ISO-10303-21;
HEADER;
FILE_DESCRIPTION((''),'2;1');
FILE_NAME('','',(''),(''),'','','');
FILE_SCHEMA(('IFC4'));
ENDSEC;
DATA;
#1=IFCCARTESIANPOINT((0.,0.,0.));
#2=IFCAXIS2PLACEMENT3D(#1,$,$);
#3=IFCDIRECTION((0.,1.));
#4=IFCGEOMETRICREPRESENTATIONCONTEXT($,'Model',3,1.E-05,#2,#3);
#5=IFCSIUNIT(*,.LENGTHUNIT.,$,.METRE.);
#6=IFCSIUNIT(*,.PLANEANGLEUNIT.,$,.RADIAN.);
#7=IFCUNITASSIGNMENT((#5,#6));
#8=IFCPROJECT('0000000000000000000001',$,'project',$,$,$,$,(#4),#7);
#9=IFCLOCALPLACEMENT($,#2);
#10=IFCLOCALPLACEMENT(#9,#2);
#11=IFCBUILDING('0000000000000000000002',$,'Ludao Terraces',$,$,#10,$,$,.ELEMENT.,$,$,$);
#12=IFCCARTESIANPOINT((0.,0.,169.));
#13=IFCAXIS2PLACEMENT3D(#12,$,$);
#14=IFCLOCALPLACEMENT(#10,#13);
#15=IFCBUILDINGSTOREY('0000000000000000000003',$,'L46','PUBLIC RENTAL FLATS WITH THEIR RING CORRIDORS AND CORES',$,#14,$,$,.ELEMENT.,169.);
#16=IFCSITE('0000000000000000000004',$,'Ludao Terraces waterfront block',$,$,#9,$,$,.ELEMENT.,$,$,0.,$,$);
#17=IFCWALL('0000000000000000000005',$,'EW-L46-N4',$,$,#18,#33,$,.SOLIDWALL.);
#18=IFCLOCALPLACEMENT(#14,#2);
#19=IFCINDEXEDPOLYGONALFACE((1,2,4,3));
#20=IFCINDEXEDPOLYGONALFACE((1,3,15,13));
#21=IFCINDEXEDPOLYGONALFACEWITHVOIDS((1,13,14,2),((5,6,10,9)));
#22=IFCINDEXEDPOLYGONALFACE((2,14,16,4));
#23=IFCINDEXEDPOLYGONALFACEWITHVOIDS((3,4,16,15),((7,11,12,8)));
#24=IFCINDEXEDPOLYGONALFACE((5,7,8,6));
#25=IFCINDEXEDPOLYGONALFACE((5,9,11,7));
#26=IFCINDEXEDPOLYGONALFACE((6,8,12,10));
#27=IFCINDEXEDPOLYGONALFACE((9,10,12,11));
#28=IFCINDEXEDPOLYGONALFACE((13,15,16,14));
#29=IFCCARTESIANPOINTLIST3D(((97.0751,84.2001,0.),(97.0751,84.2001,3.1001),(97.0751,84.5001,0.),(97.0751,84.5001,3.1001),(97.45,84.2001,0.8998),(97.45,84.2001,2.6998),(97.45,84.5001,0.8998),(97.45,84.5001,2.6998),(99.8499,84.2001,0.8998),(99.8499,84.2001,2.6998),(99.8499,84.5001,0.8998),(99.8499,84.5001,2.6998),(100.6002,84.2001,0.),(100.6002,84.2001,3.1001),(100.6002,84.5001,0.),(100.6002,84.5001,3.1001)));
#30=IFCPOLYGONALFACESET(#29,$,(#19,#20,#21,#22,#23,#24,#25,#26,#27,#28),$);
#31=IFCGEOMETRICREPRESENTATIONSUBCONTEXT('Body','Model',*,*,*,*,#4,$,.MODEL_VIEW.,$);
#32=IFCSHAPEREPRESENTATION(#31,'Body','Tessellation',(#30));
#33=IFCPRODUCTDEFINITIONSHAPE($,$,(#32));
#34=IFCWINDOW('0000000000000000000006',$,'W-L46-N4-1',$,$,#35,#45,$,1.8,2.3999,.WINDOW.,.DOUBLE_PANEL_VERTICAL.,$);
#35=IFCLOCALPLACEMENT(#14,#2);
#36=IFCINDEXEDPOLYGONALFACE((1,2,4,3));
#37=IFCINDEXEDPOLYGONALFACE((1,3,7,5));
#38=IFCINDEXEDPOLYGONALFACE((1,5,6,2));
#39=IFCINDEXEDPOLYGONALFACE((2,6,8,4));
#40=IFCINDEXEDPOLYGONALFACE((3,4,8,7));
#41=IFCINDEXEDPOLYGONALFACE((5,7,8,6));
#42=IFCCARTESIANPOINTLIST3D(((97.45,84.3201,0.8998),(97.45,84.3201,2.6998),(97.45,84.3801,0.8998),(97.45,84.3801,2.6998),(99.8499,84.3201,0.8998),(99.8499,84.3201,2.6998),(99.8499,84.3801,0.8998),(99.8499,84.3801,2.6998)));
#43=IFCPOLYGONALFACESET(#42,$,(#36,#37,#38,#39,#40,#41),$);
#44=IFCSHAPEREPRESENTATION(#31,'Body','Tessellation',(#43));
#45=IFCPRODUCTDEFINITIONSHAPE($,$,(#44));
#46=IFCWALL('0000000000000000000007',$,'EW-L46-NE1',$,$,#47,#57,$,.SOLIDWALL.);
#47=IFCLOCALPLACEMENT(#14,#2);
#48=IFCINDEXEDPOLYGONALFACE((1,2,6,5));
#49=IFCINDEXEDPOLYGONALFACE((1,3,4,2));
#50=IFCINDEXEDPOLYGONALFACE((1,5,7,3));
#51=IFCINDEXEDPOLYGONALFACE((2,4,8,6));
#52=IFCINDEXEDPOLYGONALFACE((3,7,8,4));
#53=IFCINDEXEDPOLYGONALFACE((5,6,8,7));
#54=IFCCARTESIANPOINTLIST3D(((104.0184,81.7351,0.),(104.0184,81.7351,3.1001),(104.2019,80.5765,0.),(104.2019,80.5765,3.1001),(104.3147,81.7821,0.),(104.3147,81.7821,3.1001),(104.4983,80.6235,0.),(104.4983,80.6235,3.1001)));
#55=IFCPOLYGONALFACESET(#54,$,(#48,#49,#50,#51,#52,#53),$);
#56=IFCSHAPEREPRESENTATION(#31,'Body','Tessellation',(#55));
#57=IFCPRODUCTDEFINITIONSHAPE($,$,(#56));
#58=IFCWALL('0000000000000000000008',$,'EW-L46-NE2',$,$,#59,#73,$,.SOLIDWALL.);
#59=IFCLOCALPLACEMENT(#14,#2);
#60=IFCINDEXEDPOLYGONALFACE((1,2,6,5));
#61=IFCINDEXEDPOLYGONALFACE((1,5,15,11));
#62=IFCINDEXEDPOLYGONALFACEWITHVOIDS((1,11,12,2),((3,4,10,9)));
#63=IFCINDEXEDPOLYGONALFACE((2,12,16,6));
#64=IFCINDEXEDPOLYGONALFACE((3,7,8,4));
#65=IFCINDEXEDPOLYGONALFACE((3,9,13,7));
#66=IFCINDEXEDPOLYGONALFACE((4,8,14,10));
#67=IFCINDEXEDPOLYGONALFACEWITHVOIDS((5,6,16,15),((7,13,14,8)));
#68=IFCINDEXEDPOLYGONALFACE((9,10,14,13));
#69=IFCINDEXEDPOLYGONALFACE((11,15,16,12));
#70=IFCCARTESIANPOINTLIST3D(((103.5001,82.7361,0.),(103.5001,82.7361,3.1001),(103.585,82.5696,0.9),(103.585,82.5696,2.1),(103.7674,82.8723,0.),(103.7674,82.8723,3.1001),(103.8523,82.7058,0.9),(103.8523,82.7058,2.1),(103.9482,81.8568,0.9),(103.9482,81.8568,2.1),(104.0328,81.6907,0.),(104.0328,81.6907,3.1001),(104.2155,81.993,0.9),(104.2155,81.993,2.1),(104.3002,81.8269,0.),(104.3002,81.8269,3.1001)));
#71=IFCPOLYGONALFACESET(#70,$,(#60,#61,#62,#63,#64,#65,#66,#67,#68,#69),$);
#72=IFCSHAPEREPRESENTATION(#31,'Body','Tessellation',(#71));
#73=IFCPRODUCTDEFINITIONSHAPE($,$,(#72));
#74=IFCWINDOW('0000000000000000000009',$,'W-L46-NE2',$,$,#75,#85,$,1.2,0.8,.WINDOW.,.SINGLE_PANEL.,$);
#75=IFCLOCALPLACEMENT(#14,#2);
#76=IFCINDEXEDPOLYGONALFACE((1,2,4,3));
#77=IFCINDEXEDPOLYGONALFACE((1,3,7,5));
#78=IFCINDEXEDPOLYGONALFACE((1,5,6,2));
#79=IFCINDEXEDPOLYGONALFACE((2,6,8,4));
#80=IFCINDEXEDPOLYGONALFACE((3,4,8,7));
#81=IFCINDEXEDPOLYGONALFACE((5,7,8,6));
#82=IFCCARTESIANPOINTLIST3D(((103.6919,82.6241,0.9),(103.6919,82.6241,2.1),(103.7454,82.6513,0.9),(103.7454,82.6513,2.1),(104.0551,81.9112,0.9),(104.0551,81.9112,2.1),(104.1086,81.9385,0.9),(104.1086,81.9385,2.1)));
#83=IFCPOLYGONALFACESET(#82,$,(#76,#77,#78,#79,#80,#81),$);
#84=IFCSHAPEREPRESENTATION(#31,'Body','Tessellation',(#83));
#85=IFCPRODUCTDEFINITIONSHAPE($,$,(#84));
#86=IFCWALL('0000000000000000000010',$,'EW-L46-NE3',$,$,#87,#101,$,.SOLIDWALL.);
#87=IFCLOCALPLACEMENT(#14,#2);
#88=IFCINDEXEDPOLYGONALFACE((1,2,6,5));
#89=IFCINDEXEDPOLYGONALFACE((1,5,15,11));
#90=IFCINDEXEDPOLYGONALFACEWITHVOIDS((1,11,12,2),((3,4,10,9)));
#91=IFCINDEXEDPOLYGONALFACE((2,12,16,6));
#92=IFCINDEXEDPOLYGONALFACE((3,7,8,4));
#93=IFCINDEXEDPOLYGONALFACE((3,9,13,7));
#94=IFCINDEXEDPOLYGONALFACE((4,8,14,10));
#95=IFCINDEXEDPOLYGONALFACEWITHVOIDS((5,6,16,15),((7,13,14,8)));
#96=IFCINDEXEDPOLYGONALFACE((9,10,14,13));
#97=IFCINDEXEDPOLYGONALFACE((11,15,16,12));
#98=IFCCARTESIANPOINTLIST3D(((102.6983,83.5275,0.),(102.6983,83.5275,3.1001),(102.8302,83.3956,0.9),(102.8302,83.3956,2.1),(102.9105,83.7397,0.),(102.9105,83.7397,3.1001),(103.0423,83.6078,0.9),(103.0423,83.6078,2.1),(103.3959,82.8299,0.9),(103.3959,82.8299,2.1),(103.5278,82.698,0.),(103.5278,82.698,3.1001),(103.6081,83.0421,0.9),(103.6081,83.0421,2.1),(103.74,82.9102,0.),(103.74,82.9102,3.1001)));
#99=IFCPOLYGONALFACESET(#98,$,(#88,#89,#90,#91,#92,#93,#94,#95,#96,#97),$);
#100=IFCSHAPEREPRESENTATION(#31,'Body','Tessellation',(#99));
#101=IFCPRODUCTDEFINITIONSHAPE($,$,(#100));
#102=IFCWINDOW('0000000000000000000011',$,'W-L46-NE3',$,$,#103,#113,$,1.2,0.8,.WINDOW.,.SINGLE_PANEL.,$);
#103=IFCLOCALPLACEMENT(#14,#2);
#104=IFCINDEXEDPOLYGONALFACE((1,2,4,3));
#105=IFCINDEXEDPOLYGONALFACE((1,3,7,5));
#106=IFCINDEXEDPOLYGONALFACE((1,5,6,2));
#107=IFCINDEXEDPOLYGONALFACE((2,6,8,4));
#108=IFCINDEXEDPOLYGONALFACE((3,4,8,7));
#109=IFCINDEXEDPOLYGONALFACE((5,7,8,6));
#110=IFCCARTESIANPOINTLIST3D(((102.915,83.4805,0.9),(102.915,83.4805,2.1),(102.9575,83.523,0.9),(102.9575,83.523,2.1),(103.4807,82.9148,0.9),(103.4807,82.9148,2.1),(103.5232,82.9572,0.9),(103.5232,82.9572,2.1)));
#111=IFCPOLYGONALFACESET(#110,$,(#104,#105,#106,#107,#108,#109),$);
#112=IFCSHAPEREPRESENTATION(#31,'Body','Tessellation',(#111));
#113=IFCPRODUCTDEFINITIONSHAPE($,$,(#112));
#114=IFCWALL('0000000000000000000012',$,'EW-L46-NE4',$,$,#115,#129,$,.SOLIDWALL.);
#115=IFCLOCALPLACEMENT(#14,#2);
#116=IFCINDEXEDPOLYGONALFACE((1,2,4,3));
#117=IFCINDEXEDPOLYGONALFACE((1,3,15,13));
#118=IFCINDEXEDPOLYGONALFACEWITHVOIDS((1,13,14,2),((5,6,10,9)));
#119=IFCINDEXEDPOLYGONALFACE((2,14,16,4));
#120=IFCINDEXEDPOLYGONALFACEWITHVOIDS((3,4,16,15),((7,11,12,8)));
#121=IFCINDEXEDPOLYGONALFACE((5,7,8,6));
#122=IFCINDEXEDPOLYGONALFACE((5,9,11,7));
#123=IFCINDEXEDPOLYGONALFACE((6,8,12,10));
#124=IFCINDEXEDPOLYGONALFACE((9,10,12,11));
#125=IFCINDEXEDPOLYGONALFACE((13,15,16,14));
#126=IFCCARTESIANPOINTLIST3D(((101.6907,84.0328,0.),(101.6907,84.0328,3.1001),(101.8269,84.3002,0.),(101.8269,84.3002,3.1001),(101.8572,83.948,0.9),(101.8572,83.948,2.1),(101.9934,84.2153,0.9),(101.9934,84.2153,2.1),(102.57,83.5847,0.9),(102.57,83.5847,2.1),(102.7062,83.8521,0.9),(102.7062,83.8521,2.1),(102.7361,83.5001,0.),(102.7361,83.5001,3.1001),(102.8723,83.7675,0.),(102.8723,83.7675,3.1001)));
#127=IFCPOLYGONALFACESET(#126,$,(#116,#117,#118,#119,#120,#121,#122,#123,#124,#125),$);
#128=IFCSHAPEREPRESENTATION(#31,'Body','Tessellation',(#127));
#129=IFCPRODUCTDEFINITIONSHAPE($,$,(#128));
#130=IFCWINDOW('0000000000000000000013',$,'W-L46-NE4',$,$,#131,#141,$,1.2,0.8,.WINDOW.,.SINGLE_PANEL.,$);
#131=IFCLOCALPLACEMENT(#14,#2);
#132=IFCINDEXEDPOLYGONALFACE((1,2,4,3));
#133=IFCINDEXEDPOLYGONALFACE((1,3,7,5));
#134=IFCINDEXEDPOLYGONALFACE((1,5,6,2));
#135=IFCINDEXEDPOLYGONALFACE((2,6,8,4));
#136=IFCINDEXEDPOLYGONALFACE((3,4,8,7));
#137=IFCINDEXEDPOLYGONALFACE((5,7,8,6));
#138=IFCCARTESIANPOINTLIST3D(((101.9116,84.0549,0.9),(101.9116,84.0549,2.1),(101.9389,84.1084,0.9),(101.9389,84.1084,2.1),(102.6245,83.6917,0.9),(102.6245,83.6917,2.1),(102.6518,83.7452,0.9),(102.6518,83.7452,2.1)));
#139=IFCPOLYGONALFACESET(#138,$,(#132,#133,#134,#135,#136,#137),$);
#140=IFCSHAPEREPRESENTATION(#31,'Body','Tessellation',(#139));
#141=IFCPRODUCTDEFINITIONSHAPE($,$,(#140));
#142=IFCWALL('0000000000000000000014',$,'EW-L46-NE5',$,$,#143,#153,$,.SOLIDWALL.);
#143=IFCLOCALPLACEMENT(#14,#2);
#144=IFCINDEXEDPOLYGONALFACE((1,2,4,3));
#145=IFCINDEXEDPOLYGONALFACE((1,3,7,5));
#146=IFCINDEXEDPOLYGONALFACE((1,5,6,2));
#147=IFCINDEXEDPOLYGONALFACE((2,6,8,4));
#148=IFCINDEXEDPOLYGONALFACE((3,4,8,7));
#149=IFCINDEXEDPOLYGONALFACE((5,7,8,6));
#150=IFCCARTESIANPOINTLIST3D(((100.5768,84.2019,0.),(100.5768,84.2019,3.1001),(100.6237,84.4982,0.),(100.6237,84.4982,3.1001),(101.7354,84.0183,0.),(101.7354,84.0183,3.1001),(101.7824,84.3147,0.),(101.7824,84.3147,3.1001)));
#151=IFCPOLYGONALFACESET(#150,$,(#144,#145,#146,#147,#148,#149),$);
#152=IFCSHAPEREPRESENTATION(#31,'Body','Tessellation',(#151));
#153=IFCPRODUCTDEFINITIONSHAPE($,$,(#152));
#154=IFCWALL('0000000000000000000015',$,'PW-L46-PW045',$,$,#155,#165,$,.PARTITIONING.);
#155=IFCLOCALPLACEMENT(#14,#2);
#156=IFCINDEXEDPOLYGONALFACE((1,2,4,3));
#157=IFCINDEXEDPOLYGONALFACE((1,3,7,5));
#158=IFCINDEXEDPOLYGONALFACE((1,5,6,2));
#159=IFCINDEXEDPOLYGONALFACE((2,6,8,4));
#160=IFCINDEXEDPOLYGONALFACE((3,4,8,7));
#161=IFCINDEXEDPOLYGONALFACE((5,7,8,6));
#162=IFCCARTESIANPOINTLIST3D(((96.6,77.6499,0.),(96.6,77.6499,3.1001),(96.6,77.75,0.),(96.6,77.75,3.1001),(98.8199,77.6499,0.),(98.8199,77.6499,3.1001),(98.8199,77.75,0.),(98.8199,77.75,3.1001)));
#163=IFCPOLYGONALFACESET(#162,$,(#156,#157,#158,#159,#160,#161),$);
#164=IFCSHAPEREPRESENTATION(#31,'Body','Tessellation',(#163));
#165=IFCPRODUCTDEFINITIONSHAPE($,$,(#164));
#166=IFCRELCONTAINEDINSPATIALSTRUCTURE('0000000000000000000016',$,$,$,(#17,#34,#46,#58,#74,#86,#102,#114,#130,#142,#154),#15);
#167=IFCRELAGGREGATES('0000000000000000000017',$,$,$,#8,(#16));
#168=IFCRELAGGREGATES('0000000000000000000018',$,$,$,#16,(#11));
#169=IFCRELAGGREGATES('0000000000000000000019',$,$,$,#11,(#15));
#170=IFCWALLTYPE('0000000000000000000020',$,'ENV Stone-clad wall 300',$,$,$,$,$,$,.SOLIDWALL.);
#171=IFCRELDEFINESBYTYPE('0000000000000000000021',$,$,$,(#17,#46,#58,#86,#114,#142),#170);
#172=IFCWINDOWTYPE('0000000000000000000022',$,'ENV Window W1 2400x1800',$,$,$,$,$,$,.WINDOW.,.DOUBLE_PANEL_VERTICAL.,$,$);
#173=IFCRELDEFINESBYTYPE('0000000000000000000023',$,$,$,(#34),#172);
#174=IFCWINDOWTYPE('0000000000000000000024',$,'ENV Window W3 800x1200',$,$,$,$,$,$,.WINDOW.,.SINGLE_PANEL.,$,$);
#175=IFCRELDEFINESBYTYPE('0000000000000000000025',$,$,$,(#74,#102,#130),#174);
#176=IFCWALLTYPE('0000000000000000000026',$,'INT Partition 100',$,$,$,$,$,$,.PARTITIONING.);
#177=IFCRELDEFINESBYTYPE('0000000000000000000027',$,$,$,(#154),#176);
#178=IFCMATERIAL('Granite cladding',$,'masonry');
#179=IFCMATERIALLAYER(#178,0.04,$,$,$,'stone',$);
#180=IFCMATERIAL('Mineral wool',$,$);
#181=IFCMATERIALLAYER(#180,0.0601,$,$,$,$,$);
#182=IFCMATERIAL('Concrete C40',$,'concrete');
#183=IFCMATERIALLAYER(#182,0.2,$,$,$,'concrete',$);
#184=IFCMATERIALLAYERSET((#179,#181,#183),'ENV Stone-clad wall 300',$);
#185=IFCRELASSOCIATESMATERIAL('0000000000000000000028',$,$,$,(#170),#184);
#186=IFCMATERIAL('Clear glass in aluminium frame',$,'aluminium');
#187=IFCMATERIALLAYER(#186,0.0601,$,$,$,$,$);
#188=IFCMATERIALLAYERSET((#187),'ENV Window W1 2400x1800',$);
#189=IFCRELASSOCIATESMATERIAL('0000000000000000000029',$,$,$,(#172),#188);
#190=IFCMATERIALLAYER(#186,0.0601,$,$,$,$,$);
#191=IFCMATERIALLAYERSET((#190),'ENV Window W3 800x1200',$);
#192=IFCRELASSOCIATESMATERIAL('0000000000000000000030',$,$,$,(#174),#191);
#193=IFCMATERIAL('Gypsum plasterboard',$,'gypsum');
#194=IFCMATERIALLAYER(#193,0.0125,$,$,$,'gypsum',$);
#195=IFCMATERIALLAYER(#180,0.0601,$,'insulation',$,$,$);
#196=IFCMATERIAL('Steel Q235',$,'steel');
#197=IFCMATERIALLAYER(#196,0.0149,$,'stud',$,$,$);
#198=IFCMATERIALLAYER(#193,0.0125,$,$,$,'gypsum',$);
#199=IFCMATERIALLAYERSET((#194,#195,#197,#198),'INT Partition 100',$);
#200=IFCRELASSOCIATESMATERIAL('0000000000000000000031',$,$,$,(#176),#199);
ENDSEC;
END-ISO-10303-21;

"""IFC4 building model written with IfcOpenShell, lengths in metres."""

from ifc_helpers import new_model, si_unit, direction, frame, frame_2d, origin, place, context, subcontext, project, spatial, rectangle, extrude, material, layer, layer_set, type_object, element, fill, save


model = new_model("IFC4")

# Units and contexts
model_context = context("Model", 3, precision=1e-05, world=origin(), true_north=direction((0.0, 1.0)))
body_context = subcontext(model_context, "Body", "Model", "MODEL_VIEW")
ifc_project = project(units=[si_unit("LENGTHUNIT", "METRE"), si_unit("PLANEANGLEUNIT", "RADIAN")], contexts=[model_context])

# Site, building, storey
site_placement = place(None, origin())
site = spatial("IfcSite", under=ifc_project, at=site_placement, Name="Ludao Terraces waterfront block", CompositionType="ELEMENT", RefElevation=0.0)
building_placement = place(site_placement, origin())
building = spatial("IfcBuilding", under=site, at=building_placement, Name="Ludao Terraces", CompositionType="ELEMENT")
storey_placement = place(building_placement, frame((0.0, 0.0, 169.0)))
storey = spatial("IfcBuildingStorey", under=building, at=storey_placement, Name="L46", Description="PUBLIC RENTAL FLATS WITH THEIR RING CORRIDORS AND CORES", CompositionType="ELEMENT", Elevation=169.0)

# Shared definitions
ifc_material_1 = material(Name="Concrete C40", Category="concrete")

# Shared definitions
ifc_material_2 = material(Name="Steel Q235", Category="steel")

# Shared definitions
ifc_material_3 = material(Name="Granite cladding", Category="masonry")
ifc_layer_1 = layer(ifc_material_3, 0.04, Category="stone")
ifc_material_4 = material(Name="Mineral wool")
ifc_layer_2 = layer(ifc_material_4, 0.0601)
ifc_layer_3 = layer(ifc_material_1, 0.2, Category="concrete")
ifc_layer_set_1 = layer_set([ifc_layer_1, ifc_layer_2, ifc_layer_3], Name="ENV Stone-clad wall 300")
wall_type_1 = type_object("IfcWallType", Name="ENV Stone-clad wall 300", PredefinedType="SOLIDWALL", material=ifc_layer_set_1)
ifc_material_5 = material(Name="Clear glass in aluminium frame", Category="aluminium")
ifc_layer_4 = layer(ifc_material_5, 0.0601)
ifc_layer_set_2 = layer_set([ifc_layer_4], Name="ENV Window W1 2400x1800")
window_type_1 = type_object("IfcWindowType", Name="ENV Window W1 2400x1800", PartitioningType="DOUBLE_PANEL_VERTICAL", PredefinedType="WINDOW", material=ifc_layer_set_2)

# Wall, opening, window
wall_1_placement = place(storey_placement, frame((97.075, 84.3501, 0.0), z_axis=(0.0, 0.0, 1.0), x_axis=(1.0, 0.0, 0.0)))
wall_1 = element("IfcWall", 1, at=wall_1_placement, inside=storey, type_object=wall_type_1, Name="EW-L46-N4", PredefinedType="SOLIDWALL", context=body_context, shape_type="SweptSolid", body=[
    extrude(rectangle(XDim=3.5251, YDim=0.3, at=frame_2d((1.7627, 0.0))), origin(), (0.0, 0.0, 1.0), 3.1001),
])
opening_1_placement = place(wall_1_placement, frame((0.375, 0.0, 0.8999)))
opening_1 = element("IfcOpeningElement", 2, at=opening_1_placement, cuts=wall_1, PredefinedType="OPENING", context=body_context, shape_type="SweptSolid", body=[
    extrude(rectangle(XDim=2.3999, YDim=1.8, at=frame_2d((1.2, 0.8999))), frame((0.0, 0.1602, 0.0), z_axis=(0.0, -1.0, 0.0), x_axis=(1.0, 0.0, 0.0)), (0.0, 0.0, 1.0), 0.3201),
])
window_1_placement = place(opening_1_placement, origin())
window_1 = element("IfcWindow", 3, at=window_1_placement, inside=storey, type_object=window_type_1, Name="W-L46-N4-1", OverallHeight=1.8, OverallWidth=2.3999, PartitioningType="DOUBLE_PANEL_VERTICAL", PredefinedType="WINDOW", context=body_context, shape_type="SweptSolid", body=[
    extrude(rectangle(XDim=2.3999, YDim=1.8, at=frame_2d((1.2, 0.8999))), frame((0.0, 0.03, 0.0), z_axis=(0.0, -1.0, 0.0), x_axis=(1.0, 0.0, 0.0)), (0.0, 0.0, 1.0), 0.0601),
])
fill(opening_1, window_1)

# Wall
wall_2_placement = place(storey_placement, frame((104.3501, 80.6001, 0.0), z_axis=(0.0, 0.0, 1.0), x_axis=(-0.156497, 0.987678, 0.0)))
element("IfcWall", 4, at=wall_2_placement, inside=storey, type_object=wall_type_1, Name="EW-L46-NE1", PredefinedType="SOLIDWALL", context=body_context, shape_type="SweptSolid", body=[
    extrude(rectangle(XDim=1.1731, YDim=0.3, at=frame_2d((0.5864, 0.0))), origin(), (0.0, 0.0, 1.0), 3.1001),
])

# Walls, openings, windows
wall_3_placement = place(storey_placement, frame((104.1665, 81.7588, 0.0), z_axis=(0.0, 0.0, 1.0), x_axis=(-0.454026, 0.890989, 0.0)))
wall_3 = element("IfcWall", 5, at=wall_3_placement, inside=storey, type_object=wall_type_1, Name="EW-L46-NE2", PredefinedType="SOLIDWALL", context=body_context, shape_type="SweptSolid", body=[
    extrude(rectangle(XDim=1.1733, YDim=0.3, at=frame_2d((0.5867, 0.0))), origin(), (0.0, 0.0, 1.0), 3.1001),
])
opening_2_placement = place(wall_3_placement, frame((0.1865, 0.0, 0.8999)))
opening_2 = element("IfcOpeningElement", 6, at=opening_2_placement, cuts=wall_3, PredefinedType="OPENING", context=body_context, shape_type="SweptSolid", body=[
    extrude(rectangle(XDim=0.8, YDim=1.2, at=frame_2d((0.3999, 0.6001))), frame((0.0, 0.1602, 0.0), z_axis=(0.0, -1.0, 0.0), x_axis=(1.0, 0.0, 0.0)), (0.0, 0.0, 1.0), 0.3201),
])
ifc_layer_5 = layer(ifc_material_5, 0.0601)
ifc_layer_set_3 = layer_set([ifc_layer_5], Name="ENV Window W3 800x1200")
window_type_2 = type_object("IfcWindowType", Name="ENV Window W3 800x1200", PartitioningType="SINGLE_PANEL", PredefinedType="WINDOW", material=ifc_layer_set_3)
window_2_placement = place(opening_2_placement, origin())
window_2 = element("IfcWindow", 7, at=window_2_placement, inside=storey, type_object=window_type_2, Name="W-L46-NE2", OverallHeight=1.2, OverallWidth=0.8, PartitioningType="SINGLE_PANEL", PredefinedType="WINDOW", context=body_context, shape_type="SweptSolid", body=[
    extrude(rectangle(XDim=0.8, YDim=1.2, at=frame_2d((0.3999, 0.6001))), frame((0.0, 0.03, 0.0), z_axis=(0.0, -1.0, 0.0), x_axis=(1.0, 0.0, 0.0)), (0.0, 0.0, 1.0), 0.0601),
])
fill(opening_2, window_2)
wall_4_placement = place(storey_placement, frame((103.6338, 82.8042, 0.0), z_axis=(0.0, 0.0, 1.0), x_axis=(-0.707107, 0.707107, 0.0)))
wall_4 = element("IfcWall", 8, at=wall_4_placement, inside=storey, type_object=wall_type_1, Name="EW-L46-NE3", PredefinedType="SOLIDWALL", context=body_context, shape_type="SweptSolid", body=[
    extrude(rectangle(XDim=1.1731, YDim=0.3, at=frame_2d((0.5864, 0.0))), origin(), (0.0, 0.0, 1.0), 3.1001),
])
opening_3_placement = place(wall_4_placement, frame((0.1865, 0.0, 0.8999)))
opening_3 = element("IfcOpeningElement", 9, at=opening_3_placement, cuts=wall_4, PredefinedType="OPENING", context=body_context, shape_type="SweptSolid", body=[
    extrude(rectangle(XDim=0.8, YDim=1.2, at=frame_2d((0.3999, 0.6001))), frame((0.0, 0.1602, 0.0), z_axis=(0.0, -1.0, 0.0), x_axis=(1.0, 0.0, 0.0)), (0.0, 0.0, 1.0), 0.3201),
])
window_3_placement = place(opening_3_placement, origin())
window_3 = element("IfcWindow", 10, at=window_3_placement, inside=storey, type_object=window_type_2, Name="W-L46-NE3", OverallHeight=1.2, OverallWidth=0.8, PartitioningType="SINGLE_PANEL", PredefinedType="WINDOW", context=body_context, shape_type="SweptSolid", body=[
    extrude(rectangle(XDim=0.8, YDim=1.2, at=frame_2d((0.3999, 0.6001))), frame((0.0, 0.03, 0.0), z_axis=(0.0, -1.0, 0.0), x_axis=(1.0, 0.0, 0.0)), (0.0, 0.0, 1.0), 0.0601),
])
fill(opening_3, window_3)
wall_5_placement = place(storey_placement, frame((102.8042, 83.6338, 0.0), z_axis=(0.0, 0.0, 1.0), x_axis=(-0.890989, 0.454026, 0.0)))
wall_5 = element("IfcWall", 11, at=wall_5_placement, inside=storey, type_object=wall_type_1, Name="EW-L46-NE4", PredefinedType="SOLIDWALL", context=body_context, shape_type="SweptSolid", body=[
    extrude(rectangle(XDim=1.1733, YDim=0.3, at=frame_2d((0.5867, 0.0))), origin(), (0.0, 0.0, 1.0), 3.1001),
])
opening_4_placement = place(wall_5_placement, frame((0.1865, 0.0, 0.8999)))
opening_4 = element("IfcOpeningElement", 12, at=opening_4_placement, cuts=wall_5, PredefinedType="OPENING", context=body_context, shape_type="SweptSolid", body=[
    extrude(rectangle(XDim=0.8, YDim=1.2, at=frame_2d((0.3999, 0.6001))), frame((0.0, 0.1602, 0.0), z_axis=(0.0, -1.0, 0.0), x_axis=(1.0, 0.0, 0.0)), (0.0, 0.0, 1.0), 0.3201),
])
window_4_placement = place(opening_4_placement, origin())
window_4 = element("IfcWindow", 13, at=window_4_placement, inside=storey, type_object=window_type_2, Name="W-L46-NE4", OverallHeight=1.2, OverallWidth=0.8, PartitioningType="SINGLE_PANEL", PredefinedType="WINDOW", context=body_context, shape_type="SweptSolid", body=[
    extrude(rectangle(XDim=0.8, YDim=1.2, at=frame_2d((0.3999, 0.6001))), frame((0.0, 0.03, 0.0), z_axis=(0.0, -1.0, 0.0), x_axis=(1.0, 0.0, 0.0)), (0.0, 0.0, 1.0), 0.0601),
])
fill(opening_4, window_4)

# Walls
wall_6_placement = place(storey_placement, frame((101.7588, 84.1665, 0.0), z_axis=(0.0, 0.0, 1.0), x_axis=(-0.987678, 0.156497, 0.0)))
element("IfcWall", 14, at=wall_6_placement, inside=storey, type_object=wall_type_1, Name="EW-L46-NE5", PredefinedType="SOLIDWALL", context=body_context, shape_type="SweptSolid", body=[
    extrude(rectangle(XDim=1.1731, YDim=0.3, at=frame_2d((0.5864, 0.0))), origin(), (0.0, 0.0, 1.0), 3.1001),
])
ifc_material_6 = material(Name="Gypsum plasterboard", Category="gypsum")
ifc_layer_6 = layer(ifc_material_6, 0.0125, Category="gypsum")
ifc_layer_7 = layer(ifc_material_4, 0.0601, Name="insulation")
ifc_layer_8 = layer(ifc_material_2, 0.0149, Name="stud")
ifc_layer_9 = layer(ifc_material_6, 0.0125, Category="gypsum")
ifc_layer_set_4 = layer_set([ifc_layer_6, ifc_layer_7, ifc_layer_8, ifc_layer_9], Name="INT Partition 100")
wall_type_2 = type_object("IfcWallType", Name="INT Partition 100", PredefinedType="PARTITIONING", material=ifc_layer_set_4)
wall_7_placement = place(storey_placement, frame((96.6001, 77.7, 0.0), z_axis=(0.0, 0.0, 1.0), x_axis=(1.0, 0.0, 0.0)))
element("IfcWall", 15, at=wall_7_placement, inside=storey, type_object=wall_type_2, Name="PW-L46-PW045", PredefinedType="PARTITIONING", context=body_context, shape_type="SweptSolid", body=[
    extrude(rectangle(XDim=2.22, YDim=0.1001, at=frame_2d((1.1099, 0.0))), origin(), (0.0, 0.0, 1.0), 3.1001),
])

save(model, "model.ifc")
